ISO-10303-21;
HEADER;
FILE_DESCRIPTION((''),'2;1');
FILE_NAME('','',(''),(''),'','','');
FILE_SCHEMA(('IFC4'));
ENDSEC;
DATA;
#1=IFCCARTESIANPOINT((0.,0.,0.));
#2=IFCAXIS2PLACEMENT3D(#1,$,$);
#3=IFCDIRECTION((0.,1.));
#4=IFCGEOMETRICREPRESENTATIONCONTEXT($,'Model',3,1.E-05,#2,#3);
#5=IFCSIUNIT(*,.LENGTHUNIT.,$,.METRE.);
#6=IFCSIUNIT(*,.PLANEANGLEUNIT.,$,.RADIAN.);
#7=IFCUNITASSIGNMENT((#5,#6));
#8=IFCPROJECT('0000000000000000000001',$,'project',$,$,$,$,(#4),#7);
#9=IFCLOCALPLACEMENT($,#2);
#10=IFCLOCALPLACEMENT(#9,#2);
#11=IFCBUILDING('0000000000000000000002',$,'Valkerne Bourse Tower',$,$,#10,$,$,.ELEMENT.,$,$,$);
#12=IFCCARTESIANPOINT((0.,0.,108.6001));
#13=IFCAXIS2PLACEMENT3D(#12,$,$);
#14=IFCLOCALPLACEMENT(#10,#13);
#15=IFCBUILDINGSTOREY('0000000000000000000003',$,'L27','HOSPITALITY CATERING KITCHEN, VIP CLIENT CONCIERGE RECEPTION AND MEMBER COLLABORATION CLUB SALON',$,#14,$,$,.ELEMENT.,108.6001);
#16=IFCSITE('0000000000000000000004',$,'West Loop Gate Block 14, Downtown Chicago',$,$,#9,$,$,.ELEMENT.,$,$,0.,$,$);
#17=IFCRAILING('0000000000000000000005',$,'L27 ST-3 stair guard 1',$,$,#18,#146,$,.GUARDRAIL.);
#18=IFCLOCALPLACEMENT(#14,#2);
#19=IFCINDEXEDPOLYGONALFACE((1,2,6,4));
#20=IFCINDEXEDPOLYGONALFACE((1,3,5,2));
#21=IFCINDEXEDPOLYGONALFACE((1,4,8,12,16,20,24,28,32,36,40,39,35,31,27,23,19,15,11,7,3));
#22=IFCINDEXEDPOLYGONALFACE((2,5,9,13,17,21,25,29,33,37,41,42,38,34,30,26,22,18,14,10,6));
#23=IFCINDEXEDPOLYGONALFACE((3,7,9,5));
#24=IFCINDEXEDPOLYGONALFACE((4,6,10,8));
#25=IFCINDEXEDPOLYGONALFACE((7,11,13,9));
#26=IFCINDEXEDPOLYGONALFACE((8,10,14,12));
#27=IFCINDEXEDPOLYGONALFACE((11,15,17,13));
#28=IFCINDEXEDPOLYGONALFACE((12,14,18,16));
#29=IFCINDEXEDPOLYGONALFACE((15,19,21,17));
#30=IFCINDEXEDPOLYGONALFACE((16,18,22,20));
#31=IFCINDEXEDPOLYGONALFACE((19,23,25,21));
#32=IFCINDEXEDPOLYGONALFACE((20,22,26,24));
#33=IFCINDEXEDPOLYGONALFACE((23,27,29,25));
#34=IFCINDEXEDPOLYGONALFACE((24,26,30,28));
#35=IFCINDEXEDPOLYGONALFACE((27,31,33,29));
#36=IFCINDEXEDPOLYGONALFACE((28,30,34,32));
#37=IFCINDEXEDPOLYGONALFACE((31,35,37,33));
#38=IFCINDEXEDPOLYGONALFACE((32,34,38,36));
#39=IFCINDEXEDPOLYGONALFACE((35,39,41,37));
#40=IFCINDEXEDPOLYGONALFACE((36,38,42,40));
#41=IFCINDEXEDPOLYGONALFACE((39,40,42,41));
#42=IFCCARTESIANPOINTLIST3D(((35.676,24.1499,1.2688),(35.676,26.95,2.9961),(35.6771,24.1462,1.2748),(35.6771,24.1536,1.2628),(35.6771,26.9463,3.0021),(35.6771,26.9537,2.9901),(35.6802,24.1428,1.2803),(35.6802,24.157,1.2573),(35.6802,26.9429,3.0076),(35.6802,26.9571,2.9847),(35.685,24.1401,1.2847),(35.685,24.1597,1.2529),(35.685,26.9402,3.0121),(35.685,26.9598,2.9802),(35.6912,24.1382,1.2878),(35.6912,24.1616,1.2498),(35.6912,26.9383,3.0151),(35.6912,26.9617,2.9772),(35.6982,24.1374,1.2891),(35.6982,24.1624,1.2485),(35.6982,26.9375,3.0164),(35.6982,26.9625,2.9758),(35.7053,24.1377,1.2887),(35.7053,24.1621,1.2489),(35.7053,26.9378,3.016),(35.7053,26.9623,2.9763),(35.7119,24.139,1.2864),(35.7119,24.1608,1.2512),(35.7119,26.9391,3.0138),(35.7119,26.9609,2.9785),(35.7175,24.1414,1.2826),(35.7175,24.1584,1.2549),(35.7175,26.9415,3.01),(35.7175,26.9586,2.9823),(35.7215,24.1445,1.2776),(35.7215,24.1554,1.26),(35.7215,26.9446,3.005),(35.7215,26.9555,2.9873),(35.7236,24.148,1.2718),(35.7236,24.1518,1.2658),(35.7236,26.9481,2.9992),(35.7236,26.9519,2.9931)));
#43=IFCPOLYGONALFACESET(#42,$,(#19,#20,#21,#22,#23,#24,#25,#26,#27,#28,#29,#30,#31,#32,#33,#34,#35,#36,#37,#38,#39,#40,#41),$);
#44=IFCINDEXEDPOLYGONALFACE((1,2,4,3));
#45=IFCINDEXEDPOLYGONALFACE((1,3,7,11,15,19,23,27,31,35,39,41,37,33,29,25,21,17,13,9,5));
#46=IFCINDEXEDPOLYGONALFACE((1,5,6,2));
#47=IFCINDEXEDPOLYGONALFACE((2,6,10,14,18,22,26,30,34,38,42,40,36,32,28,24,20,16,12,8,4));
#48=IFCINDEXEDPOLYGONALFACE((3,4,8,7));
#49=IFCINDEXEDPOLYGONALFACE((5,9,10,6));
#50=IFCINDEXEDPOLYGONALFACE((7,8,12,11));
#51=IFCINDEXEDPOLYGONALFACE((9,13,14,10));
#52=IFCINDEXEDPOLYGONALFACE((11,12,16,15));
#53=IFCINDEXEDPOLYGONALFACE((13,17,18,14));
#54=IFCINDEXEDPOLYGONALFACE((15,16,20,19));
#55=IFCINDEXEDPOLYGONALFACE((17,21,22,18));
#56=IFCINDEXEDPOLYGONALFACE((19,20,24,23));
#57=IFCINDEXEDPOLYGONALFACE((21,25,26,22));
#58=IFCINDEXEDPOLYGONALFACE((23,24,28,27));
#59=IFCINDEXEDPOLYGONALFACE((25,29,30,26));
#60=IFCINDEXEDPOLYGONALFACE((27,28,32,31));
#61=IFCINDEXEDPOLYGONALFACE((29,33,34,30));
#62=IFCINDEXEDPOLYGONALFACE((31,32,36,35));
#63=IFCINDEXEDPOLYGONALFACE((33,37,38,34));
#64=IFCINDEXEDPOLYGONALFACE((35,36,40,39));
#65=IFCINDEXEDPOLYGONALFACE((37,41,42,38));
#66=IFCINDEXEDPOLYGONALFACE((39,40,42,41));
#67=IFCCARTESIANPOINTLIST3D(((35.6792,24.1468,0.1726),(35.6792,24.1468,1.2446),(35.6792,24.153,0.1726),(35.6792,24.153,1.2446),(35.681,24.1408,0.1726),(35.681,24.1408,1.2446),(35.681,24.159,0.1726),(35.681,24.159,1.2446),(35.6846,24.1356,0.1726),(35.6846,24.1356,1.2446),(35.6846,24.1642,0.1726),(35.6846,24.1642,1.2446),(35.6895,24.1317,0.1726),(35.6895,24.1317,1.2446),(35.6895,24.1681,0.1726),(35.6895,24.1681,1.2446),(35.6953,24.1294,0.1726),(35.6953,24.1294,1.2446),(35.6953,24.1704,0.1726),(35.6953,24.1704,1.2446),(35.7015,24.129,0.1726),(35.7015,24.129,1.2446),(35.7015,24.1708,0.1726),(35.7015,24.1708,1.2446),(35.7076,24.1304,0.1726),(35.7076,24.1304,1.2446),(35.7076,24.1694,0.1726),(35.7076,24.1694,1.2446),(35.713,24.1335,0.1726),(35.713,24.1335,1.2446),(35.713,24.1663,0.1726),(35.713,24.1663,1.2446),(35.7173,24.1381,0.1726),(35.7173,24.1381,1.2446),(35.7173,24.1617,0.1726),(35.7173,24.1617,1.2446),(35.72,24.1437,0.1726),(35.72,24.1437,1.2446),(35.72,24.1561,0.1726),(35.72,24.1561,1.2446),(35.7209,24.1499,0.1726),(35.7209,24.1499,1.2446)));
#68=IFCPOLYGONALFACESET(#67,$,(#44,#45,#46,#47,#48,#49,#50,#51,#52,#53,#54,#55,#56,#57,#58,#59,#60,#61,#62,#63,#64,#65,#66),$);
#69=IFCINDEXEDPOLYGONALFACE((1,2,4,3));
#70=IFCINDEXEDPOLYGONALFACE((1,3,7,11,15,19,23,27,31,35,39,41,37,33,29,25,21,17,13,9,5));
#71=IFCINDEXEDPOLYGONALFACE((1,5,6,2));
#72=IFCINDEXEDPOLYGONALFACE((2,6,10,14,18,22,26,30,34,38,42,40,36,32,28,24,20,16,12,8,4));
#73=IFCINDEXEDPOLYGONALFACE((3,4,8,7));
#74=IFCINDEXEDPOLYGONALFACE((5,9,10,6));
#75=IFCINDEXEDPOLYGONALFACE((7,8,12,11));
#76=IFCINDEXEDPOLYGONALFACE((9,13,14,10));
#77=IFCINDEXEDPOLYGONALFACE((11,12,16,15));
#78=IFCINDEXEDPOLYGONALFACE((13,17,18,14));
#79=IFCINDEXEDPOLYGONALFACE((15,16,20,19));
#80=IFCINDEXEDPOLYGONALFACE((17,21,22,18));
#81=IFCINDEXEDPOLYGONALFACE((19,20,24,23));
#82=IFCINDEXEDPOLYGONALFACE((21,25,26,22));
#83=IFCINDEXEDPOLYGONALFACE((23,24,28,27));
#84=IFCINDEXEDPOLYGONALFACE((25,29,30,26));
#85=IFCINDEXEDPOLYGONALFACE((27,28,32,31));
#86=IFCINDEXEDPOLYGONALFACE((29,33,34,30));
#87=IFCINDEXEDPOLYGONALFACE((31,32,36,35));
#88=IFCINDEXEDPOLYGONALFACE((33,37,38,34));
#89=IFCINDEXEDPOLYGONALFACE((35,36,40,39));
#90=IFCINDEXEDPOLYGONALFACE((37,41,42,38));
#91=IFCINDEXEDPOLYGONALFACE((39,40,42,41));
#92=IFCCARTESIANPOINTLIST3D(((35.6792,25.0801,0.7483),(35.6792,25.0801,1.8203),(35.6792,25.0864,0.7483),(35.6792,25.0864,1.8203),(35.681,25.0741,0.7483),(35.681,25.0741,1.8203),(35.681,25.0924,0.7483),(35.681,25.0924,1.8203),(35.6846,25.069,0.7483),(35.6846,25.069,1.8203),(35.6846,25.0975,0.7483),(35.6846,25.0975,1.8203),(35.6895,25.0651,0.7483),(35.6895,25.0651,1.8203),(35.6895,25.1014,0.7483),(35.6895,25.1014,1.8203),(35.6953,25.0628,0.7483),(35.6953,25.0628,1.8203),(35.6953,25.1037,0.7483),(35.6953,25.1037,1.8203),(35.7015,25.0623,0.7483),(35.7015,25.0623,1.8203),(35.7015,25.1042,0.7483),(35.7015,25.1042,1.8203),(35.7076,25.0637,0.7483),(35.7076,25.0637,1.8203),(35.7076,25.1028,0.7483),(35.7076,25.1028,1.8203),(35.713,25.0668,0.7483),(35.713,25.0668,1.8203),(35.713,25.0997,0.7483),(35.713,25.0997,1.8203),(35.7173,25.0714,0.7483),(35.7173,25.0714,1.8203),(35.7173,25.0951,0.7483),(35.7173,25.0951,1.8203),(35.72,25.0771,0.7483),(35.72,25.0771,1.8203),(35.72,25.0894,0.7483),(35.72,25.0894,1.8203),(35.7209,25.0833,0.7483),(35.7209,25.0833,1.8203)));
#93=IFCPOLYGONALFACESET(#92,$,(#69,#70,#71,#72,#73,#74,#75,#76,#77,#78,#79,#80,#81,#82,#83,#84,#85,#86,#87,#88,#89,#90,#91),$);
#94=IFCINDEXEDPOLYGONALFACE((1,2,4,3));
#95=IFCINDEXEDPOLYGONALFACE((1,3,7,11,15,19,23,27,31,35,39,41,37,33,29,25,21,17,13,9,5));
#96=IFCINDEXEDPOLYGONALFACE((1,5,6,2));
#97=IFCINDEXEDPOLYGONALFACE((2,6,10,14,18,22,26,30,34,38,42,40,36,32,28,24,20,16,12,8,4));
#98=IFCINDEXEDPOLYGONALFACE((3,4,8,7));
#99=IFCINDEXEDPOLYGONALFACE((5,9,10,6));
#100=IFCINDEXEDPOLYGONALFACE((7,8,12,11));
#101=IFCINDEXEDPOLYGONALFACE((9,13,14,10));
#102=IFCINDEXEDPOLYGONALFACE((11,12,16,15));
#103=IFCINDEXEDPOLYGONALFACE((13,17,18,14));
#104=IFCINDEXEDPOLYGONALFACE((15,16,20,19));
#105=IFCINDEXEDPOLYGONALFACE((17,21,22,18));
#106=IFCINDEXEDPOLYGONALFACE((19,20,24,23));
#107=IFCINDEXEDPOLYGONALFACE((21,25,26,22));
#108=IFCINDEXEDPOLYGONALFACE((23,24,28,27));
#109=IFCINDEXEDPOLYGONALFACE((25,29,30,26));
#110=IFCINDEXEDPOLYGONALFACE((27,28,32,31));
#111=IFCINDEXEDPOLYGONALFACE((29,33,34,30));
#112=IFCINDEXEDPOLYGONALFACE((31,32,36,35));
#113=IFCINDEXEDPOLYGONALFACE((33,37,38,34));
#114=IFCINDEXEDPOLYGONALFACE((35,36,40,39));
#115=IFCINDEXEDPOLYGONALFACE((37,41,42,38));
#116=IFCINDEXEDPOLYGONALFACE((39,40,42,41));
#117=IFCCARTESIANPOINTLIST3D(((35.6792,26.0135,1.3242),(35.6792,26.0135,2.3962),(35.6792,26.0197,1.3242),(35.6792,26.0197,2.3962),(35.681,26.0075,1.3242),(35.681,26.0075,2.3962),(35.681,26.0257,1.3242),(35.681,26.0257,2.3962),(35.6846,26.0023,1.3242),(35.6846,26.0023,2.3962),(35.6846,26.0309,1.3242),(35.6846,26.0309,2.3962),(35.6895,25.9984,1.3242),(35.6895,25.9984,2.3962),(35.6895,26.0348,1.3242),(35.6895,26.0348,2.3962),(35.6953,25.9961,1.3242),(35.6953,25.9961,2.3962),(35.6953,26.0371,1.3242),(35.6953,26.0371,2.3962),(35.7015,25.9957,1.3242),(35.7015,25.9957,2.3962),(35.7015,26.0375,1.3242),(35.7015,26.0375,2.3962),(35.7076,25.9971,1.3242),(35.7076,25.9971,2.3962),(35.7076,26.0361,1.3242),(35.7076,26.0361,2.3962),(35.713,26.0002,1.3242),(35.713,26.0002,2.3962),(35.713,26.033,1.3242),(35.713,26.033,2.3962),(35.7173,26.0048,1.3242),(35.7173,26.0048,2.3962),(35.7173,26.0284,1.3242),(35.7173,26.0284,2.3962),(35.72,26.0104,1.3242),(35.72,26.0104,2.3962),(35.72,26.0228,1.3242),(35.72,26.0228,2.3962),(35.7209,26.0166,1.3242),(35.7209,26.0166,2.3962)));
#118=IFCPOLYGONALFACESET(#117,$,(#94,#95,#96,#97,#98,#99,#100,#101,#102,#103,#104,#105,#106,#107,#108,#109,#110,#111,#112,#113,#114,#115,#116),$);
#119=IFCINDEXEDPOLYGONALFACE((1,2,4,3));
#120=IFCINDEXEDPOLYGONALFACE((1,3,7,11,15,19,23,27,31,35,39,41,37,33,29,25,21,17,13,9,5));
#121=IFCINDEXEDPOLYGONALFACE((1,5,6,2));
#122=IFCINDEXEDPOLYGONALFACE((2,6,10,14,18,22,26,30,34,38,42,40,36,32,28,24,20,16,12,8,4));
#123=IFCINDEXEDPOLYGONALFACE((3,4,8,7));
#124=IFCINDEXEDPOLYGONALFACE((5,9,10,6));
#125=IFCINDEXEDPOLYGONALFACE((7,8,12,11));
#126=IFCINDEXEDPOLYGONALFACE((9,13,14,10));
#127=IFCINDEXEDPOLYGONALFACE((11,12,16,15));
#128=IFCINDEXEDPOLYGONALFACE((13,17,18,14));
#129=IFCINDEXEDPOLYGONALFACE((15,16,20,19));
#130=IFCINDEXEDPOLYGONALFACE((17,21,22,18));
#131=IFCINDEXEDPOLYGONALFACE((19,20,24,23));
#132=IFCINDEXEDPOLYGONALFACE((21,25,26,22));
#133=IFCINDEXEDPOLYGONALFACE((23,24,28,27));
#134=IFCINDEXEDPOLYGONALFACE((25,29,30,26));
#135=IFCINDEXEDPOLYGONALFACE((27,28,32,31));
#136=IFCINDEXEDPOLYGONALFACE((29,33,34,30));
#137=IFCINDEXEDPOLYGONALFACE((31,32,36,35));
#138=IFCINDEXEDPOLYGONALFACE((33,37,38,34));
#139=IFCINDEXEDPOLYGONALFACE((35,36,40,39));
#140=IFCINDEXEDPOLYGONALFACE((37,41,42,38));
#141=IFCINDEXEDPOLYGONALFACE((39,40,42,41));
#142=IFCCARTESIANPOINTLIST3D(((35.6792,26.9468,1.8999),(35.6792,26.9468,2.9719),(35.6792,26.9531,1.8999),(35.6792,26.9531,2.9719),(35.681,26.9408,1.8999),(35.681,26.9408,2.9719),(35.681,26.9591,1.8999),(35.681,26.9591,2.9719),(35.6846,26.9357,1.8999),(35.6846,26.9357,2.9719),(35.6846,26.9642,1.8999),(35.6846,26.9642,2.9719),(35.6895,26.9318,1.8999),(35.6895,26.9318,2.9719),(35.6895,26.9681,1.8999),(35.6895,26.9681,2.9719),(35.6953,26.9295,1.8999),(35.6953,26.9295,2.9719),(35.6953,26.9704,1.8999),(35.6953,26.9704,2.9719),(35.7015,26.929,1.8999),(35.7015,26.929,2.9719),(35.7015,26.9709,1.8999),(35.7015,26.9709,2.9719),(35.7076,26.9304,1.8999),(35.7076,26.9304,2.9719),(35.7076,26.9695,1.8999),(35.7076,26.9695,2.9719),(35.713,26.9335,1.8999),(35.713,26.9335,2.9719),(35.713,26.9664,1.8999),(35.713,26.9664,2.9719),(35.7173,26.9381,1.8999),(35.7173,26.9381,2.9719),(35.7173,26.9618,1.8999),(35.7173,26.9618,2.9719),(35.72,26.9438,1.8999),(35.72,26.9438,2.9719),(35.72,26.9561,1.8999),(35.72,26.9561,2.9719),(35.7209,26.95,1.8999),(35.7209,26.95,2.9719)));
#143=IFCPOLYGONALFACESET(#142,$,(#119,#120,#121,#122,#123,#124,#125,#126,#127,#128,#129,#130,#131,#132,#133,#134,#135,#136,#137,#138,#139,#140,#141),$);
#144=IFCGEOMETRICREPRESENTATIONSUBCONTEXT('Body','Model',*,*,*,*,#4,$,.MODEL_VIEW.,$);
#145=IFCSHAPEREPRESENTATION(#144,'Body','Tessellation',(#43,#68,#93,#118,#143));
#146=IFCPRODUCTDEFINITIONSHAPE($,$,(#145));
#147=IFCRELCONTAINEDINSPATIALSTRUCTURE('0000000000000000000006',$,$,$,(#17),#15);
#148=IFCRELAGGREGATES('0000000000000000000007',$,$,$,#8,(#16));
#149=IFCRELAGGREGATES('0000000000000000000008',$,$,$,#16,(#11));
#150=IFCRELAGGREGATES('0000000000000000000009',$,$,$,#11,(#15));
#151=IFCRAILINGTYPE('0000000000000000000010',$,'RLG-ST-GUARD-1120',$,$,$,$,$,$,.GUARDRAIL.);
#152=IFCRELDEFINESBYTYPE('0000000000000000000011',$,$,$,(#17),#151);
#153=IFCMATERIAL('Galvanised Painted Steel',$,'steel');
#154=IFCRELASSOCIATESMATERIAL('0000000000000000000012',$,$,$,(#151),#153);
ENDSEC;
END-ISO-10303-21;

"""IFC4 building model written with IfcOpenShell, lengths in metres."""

from ifc_helpers import new_model, si_unit, direction, frame, origin, origin_2d, place, context, subcontext, project, spatial, circle, extrude, material, type_object, element, save


model = new_model("IFC4")

# Units and contexts
model_context = context("Model", 3, precision=1e-05, world=origin(), true_north=direction((0.0, 1.0)))
body_context = subcontext(model_context, "Body", "Model", "MODEL_VIEW")
ifc_project = project(units=[si_unit("LENGTHUNIT", "METRE"), si_unit("PLANEANGLEUNIT", "RADIAN")], contexts=[model_context])

# Site, building, storey
site_placement = place(None, origin())
site = spatial("IfcSite", under=ifc_project, at=site_placement, Name="West Loop Gate Block 14, Downtown Chicago", CompositionType="ELEMENT", RefElevation=0.0)
building_placement = place(site_placement, origin())
building = spatial("IfcBuilding", under=site, at=building_placement, Name="Valkerne Bourse Tower", CompositionType="ELEMENT")
storey_placement = place(building_placement, frame((0.0, 0.0, 108.6001)))
storey = spatial("IfcBuildingStorey", under=building, at=storey_placement, Name="L27", Description="HOSPITALITY CATERING KITCHEN, VIP CLIENT CONCIERGE RECEPTION AND MEMBER COLLABORATION CLUB SALON", CompositionType="ELEMENT", Elevation=108.6001)

# Railing
ifc_material_1 = material(Name="Galvanised Painted Steel", Category="steel")
railing_type_1 = type_object("IfcRailingType", Name="RLG-ST-GUARD-1120", PredefinedType="GUARDRAIL", material=ifc_material_1)
railing_1_placement = place(storey_placement, frame((35.7, 24.1499, 0.1726)))
element("IfcRailing", 1, at=railing_1_placement, inside=storey, type_object=railing_type_1, Name="L27 ST-3 stair guard 1", PredefinedType="GUARDRAIL", context=body_context, shape_type="SweptSolid", body=[
    extrude(circle(Radius=0.0239, at=origin_2d()), frame((0.0, 0.0, 1.0962), z_axis=(0.0, 0.85109, 0.52502), x_axis=(-1.0, 0.0, 0.0)), (0.0, 0.0, 1.0), 3.29),
    extrude(circle(Radius=0.021, at=origin_2d()), origin(), (0.0, 0.0, 1.0), 1.072),
    extrude(circle(Radius=0.021, at=origin_2d()), frame((0.0, 0.9333, 0.5757)), (0.0, 0.0, 1.0), 1.072),
    extrude(circle(Radius=0.021, at=origin_2d()), frame((0.0, 1.8667, 1.1516)), (0.0, 0.0, 1.0), 1.072),
    extrude(circle(Radius=0.021, at=origin_2d()), frame((0.0, 2.8, 1.7273)), (0.0, 0.0, 1.0), 1.072),
])

save(model, "model.ifc")
